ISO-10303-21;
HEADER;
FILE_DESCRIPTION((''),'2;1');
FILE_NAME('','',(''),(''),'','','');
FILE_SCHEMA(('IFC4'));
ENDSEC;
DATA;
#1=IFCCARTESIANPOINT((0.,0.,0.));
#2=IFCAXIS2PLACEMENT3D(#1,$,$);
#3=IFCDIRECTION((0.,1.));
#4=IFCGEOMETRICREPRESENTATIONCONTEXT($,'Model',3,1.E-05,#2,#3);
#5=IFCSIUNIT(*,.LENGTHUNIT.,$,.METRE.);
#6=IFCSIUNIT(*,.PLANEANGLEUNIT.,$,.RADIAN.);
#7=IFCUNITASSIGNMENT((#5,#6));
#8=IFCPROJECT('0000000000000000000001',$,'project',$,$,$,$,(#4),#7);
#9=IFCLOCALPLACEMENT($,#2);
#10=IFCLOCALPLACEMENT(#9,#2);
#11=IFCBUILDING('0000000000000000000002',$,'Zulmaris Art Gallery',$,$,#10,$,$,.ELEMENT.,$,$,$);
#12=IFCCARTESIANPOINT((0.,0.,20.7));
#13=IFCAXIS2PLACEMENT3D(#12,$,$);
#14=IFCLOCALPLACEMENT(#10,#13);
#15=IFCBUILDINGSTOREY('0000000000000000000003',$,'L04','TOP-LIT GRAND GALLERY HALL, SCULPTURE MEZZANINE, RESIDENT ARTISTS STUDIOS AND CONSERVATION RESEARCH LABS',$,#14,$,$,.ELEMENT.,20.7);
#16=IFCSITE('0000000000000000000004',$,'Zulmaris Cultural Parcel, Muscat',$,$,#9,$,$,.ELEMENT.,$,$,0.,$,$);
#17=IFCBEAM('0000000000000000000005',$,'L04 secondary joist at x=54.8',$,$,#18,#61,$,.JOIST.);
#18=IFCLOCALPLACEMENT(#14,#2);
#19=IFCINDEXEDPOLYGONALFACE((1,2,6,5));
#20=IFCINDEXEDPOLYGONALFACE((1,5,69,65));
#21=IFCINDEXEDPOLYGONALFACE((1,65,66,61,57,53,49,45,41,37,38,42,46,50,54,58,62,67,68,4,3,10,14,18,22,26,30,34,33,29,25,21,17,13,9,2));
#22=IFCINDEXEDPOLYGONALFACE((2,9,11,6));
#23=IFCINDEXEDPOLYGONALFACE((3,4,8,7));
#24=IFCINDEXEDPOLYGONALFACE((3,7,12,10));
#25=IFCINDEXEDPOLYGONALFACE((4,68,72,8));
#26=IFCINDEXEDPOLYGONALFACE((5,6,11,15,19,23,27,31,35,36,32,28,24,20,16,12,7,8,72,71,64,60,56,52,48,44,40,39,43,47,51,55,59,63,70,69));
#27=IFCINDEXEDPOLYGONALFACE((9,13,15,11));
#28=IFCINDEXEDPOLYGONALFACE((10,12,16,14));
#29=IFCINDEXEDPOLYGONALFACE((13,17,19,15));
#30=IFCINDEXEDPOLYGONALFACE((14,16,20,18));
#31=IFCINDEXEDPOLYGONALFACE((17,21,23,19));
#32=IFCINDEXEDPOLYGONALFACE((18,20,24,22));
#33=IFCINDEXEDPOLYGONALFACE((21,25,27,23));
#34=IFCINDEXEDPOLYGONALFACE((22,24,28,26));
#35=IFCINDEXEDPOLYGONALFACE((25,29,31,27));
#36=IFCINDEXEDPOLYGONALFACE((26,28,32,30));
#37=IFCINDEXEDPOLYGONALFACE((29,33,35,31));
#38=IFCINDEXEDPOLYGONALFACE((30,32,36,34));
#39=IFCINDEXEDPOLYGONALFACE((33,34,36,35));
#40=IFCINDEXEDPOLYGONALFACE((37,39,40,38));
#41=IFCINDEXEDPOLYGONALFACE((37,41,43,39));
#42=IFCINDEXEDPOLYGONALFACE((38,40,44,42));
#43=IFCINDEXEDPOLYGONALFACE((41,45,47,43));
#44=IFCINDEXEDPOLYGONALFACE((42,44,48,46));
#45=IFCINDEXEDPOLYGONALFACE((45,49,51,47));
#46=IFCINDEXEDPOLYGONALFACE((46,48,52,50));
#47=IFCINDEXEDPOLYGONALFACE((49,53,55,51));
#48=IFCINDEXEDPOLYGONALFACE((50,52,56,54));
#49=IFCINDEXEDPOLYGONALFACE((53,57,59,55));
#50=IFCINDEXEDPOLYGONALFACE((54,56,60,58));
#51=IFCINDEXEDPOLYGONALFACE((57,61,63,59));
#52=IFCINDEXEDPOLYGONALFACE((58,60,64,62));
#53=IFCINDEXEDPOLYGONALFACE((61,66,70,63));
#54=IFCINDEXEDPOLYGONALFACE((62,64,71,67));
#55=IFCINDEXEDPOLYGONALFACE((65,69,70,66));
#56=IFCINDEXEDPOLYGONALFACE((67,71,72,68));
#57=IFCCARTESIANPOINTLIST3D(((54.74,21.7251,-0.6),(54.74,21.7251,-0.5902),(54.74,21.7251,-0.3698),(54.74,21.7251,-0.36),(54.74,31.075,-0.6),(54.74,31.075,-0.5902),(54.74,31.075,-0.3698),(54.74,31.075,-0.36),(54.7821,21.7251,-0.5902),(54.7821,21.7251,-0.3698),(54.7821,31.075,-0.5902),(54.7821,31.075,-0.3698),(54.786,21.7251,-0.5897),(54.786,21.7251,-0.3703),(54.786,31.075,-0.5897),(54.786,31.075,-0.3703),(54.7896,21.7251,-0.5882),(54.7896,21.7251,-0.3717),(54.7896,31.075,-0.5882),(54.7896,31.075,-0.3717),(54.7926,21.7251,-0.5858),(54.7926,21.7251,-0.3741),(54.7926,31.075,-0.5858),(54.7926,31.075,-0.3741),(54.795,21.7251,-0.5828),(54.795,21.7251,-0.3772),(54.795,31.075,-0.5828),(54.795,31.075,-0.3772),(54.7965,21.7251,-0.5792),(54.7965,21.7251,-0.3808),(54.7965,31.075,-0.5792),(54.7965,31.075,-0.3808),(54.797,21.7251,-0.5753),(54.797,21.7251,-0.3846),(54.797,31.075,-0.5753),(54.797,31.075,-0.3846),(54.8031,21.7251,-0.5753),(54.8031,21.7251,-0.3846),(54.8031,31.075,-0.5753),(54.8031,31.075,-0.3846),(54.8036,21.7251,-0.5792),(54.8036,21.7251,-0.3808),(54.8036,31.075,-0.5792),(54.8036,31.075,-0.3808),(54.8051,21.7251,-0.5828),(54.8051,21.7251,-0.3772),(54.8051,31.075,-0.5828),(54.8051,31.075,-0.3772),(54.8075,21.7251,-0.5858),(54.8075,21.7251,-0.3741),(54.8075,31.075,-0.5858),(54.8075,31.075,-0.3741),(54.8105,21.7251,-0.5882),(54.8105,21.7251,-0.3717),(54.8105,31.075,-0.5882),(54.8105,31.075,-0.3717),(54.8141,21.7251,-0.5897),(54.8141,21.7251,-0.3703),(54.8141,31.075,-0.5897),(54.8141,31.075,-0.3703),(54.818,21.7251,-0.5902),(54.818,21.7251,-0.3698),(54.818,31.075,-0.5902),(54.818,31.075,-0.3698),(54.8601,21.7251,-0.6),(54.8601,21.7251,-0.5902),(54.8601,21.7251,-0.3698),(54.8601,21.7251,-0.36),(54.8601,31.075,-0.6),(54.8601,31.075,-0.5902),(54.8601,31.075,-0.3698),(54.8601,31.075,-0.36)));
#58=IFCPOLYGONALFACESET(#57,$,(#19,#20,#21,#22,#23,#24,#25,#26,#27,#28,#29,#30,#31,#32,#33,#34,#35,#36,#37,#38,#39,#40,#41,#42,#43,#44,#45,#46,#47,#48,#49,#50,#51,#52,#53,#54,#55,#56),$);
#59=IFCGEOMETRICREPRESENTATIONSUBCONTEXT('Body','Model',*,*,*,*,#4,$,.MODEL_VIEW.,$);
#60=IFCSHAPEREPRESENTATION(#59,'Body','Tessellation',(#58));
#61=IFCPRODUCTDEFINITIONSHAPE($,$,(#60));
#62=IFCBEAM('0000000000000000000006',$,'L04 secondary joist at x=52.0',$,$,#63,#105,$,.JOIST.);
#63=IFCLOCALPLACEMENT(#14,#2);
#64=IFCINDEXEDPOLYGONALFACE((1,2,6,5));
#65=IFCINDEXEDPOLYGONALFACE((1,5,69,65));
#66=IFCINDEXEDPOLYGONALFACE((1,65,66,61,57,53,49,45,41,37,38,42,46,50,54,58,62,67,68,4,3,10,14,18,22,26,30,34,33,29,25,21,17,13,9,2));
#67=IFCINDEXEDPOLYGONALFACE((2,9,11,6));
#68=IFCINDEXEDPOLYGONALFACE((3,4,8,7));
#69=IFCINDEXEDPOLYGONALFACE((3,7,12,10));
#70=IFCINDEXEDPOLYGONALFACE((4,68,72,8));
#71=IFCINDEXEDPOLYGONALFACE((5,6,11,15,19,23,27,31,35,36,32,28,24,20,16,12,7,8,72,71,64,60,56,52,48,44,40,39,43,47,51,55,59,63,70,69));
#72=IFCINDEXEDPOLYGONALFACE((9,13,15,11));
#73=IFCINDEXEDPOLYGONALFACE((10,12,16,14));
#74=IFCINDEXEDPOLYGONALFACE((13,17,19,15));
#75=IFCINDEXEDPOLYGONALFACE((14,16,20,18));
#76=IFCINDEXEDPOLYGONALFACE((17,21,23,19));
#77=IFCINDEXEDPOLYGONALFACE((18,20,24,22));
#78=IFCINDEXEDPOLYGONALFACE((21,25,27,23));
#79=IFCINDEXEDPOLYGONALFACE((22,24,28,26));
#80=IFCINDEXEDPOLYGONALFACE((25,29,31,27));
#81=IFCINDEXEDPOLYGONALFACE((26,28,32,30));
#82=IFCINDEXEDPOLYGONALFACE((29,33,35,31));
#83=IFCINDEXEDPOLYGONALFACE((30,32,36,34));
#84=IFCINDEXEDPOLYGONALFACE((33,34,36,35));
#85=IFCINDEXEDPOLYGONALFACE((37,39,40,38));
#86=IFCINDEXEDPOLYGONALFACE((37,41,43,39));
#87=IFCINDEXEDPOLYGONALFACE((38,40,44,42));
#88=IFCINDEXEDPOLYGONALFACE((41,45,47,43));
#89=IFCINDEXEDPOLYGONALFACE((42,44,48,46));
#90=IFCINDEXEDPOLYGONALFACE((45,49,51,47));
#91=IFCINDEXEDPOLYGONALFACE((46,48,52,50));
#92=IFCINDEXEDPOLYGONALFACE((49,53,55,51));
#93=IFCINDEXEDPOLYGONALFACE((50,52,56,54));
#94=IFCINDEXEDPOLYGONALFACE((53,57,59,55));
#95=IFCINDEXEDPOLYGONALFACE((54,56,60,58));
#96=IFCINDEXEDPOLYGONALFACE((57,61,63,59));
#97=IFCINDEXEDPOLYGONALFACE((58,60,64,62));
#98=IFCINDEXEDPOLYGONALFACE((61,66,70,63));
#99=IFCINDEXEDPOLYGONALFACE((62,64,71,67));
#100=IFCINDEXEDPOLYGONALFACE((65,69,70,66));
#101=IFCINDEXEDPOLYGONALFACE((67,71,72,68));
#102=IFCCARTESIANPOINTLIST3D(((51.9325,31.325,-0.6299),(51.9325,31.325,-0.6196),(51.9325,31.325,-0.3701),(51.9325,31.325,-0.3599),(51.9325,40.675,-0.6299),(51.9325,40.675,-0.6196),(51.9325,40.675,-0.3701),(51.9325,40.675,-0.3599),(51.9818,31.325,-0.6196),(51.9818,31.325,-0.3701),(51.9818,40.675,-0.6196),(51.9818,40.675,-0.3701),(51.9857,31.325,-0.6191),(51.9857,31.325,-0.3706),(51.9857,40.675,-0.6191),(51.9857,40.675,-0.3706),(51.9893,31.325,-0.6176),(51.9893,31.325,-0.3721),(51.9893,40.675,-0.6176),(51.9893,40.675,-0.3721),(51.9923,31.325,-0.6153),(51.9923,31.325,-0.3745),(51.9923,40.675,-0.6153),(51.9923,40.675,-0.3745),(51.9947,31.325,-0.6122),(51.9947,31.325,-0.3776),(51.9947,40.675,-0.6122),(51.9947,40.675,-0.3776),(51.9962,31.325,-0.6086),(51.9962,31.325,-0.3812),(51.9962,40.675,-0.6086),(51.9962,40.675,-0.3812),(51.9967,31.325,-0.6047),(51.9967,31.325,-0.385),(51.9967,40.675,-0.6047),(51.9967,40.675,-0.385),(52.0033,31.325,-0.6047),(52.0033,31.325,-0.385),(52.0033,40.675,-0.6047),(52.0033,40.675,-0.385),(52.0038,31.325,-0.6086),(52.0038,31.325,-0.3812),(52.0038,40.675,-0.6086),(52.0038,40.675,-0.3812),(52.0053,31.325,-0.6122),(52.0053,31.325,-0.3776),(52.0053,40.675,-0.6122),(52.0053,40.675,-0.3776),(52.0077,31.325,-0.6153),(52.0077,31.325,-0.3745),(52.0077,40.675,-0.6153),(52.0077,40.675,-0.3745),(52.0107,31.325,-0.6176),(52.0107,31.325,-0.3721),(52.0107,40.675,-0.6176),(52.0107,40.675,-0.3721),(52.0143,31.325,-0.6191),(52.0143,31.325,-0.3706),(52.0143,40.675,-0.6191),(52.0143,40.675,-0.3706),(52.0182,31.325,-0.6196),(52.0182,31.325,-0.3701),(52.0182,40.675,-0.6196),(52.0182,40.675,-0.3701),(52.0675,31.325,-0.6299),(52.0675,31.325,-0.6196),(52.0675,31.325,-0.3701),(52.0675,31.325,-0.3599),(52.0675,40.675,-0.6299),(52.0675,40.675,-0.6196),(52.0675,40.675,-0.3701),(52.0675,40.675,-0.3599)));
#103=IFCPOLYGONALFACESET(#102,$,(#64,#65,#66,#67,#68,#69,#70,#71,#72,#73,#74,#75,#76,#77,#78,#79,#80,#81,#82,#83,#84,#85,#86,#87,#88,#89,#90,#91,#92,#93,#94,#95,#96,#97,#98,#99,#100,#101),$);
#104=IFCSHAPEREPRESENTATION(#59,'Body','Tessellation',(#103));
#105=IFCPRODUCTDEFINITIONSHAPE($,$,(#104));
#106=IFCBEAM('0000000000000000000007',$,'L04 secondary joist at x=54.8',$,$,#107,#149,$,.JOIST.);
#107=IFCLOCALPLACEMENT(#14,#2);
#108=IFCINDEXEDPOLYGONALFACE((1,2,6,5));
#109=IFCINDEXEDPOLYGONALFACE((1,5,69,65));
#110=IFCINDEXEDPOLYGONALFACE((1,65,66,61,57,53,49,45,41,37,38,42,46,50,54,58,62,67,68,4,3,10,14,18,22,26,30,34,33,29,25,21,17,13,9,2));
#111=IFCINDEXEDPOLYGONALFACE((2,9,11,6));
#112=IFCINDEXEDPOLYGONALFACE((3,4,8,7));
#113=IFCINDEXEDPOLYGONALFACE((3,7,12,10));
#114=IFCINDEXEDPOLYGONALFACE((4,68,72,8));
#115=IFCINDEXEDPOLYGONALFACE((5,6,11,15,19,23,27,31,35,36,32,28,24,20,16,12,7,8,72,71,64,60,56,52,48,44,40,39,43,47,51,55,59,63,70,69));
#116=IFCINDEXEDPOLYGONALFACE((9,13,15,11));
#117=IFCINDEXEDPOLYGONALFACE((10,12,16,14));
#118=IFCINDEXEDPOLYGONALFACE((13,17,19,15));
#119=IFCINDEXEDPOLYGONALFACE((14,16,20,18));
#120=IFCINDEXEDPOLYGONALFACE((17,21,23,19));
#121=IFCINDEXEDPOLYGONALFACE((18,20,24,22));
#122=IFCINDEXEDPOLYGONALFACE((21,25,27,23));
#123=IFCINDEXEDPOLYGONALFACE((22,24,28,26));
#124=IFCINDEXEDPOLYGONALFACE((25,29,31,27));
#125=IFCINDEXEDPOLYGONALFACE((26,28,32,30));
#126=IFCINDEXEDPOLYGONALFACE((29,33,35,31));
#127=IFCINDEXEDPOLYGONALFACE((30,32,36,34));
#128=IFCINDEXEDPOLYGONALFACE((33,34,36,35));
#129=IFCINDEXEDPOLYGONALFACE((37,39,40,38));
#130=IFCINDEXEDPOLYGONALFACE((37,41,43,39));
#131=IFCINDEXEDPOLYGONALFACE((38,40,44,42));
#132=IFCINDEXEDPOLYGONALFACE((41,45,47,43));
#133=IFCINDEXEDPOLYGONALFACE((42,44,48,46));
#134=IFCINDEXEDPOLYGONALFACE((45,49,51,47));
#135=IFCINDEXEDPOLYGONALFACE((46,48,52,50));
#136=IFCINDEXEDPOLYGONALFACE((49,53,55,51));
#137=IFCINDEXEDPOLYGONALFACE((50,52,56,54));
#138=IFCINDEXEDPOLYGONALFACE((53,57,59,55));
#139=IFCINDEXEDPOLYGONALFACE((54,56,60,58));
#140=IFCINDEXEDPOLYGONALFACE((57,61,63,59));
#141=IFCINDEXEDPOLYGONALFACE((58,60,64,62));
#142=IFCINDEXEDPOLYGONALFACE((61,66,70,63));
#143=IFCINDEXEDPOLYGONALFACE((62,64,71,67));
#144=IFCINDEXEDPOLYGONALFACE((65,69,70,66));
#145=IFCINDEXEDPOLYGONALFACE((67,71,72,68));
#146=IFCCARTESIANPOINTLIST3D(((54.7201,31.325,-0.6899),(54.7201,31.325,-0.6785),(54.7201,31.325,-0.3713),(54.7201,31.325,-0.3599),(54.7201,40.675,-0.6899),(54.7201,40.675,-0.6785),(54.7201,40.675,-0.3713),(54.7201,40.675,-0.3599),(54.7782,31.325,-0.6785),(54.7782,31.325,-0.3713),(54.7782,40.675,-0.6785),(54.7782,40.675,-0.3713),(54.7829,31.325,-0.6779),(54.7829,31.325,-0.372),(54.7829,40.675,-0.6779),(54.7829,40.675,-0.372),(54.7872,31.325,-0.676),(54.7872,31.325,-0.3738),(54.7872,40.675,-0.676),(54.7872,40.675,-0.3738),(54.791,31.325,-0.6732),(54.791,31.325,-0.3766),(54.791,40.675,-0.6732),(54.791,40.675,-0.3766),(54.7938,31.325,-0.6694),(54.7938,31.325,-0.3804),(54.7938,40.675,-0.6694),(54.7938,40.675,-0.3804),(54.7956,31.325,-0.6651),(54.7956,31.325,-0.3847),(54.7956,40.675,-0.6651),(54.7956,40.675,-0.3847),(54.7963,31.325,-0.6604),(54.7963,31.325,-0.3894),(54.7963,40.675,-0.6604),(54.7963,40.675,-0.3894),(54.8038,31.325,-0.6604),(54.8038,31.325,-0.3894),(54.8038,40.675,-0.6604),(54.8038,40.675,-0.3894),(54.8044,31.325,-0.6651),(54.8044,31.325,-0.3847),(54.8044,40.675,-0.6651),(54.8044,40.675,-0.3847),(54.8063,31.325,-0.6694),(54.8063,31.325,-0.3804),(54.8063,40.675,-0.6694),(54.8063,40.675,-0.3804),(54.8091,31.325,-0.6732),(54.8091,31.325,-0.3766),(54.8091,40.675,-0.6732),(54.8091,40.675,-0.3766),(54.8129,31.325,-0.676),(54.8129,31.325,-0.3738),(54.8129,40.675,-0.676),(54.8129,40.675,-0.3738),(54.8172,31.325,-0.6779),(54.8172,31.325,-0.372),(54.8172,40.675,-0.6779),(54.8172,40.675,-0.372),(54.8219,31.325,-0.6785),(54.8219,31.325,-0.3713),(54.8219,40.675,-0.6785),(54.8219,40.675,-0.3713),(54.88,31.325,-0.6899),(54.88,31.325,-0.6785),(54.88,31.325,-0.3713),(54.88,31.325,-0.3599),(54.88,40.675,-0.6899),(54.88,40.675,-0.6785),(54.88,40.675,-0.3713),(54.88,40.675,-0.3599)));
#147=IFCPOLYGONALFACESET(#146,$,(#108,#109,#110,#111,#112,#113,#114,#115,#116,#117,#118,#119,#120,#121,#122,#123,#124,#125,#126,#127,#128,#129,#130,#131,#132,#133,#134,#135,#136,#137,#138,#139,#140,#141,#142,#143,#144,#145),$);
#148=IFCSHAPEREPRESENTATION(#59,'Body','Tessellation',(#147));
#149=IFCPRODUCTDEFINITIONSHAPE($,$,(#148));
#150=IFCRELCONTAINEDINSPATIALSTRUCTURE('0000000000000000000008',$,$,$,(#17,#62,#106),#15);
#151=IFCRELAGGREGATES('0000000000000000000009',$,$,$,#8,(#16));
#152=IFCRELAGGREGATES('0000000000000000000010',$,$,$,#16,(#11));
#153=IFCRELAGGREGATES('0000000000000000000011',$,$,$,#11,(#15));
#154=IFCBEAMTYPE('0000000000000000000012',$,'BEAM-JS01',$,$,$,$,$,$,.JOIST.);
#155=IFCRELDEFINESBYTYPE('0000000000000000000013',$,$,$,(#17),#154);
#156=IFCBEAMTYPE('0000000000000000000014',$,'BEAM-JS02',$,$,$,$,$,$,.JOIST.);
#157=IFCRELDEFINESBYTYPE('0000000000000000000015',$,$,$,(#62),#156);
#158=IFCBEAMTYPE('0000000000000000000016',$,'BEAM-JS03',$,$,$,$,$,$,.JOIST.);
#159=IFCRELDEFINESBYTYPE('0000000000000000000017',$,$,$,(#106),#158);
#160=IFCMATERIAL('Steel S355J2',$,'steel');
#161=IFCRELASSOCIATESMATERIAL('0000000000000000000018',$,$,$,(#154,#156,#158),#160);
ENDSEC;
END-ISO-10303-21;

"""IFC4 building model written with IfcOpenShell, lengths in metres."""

from ifc_helpers import new_model, si_unit, direction, frame, origin, origin_2d, place, context, subcontext, project, spatial, i_section, extrude, material, material_profile, profile_set, type_object, element, save


model = new_model("IFC4")

# Units and contexts
model_context = context("Model", 3, precision=1e-05, world=origin(), true_north=direction((0.0, 1.0)))
body_context = subcontext(model_context, "Body", "Model", "MODEL_VIEW")
ifc_project = project(units=[si_unit("LENGTHUNIT", "METRE"), si_unit("PLANEANGLEUNIT", "RADIAN")], contexts=[model_context])

# Site, building, storey
site_placement = place(None, origin())
site = spatial("IfcSite", under=ifc_project, at=site_placement, Name="Zulmaris Cultural Parcel, Muscat", CompositionType="ELEMENT", RefElevation=0.0)
building_placement = place(site_placement, origin())
building = spatial("IfcBuilding", under=site, at=building_placement, Name="Zulmaris Art Gallery", CompositionType="ELEMENT")
storey_placement = place(building_placement, frame((0.0, 0.0, 20.7)))
storey = spatial("IfcBuildingStorey", under=building, at=storey_placement, Name="L04", Description="TOP-LIT GRAND GALLERY HALL, SCULPTURE MEZZANINE, RESIDENT ARTISTS STUDIOS AND CONSERVATION RESEARCH LABS", CompositionType="ELEMENT", Elevation=20.7)

# Beams
ifc_material_1 = material(Name="Steel S355J2", Category="steel")
ifc_material_profile_1 = material_profile(ifc_material_1, i_section(OverallWidth=0.1201, OverallDepth=0.24, WebThickness=0.0061, FlangeThickness=0.0098, FilletRadius=0.0149, at=origin_2d()), Name="IPE 240")
ifc_profile_set_1 = profile_set([ifc_material_profile_1], Name="Steel S355J2")
beam_type_1 = type_object("IfcBeamType", Name="BEAM-JS01", PredefinedType="JOIST", material=ifc_profile_set_1)
beam_1_placement = place(storey_placement, frame((54.8, 21.7251, -0.48), z_axis=(0.0, 1.0, 0.0), x_axis=(-1.0, 0.0, 0.0)))
element("IfcBeam", 1, at=beam_1_placement, inside=storey, type_object=beam_type_1, Name="L04 secondary joist at x=54.8", PredefinedType="JOIST", context=body_context, shape_type="SweptSolid", body=[
    extrude(i_section(OverallWidth=0.1201, OverallDepth=0.24, WebThickness=0.0061, FlangeThickness=0.0098, FilletRadius=0.0149, at=origin_2d()), origin(), (0.0, 0.0, 1.0), 9.3499),
])
ifc_material_profile_2 = material_profile(ifc_material_1, i_section(OverallWidth=0.135, OverallDepth=0.27, WebThickness=0.0066, FlangeThickness=0.0103, FilletRadius=0.0149, at=origin_2d()), Name="IPE 270")
ifc_profile_set_2 = profile_set([ifc_material_profile_2], Name="Steel S355J2")
beam_type_2 = type_object("IfcBeamType", Name="BEAM-JS02", PredefinedType="JOIST", material=ifc_profile_set_2)
beam_2_placement = place(storey_placement, frame((52.0, 31.325, -0.4949), z_axis=(0.0, 1.0, 0.0), x_axis=(-1.0, 0.0, 0.0)))
element("IfcBeam", 2, at=beam_2_placement, inside=storey, type_object=beam_type_2, Name="L04 secondary joist at x=52.0", PredefinedType="JOIST", context=body_context, shape_type="SweptSolid", body=[
    extrude(i_section(OverallWidth=0.135, OverallDepth=0.27, WebThickness=0.0066, FlangeThickness=0.0103, FilletRadius=0.0149, at=origin_2d()), origin(), (0.0, 0.0, 1.0), 9.3501),
])
ifc_material_profile_3 = material_profile(ifc_material_1, i_section(OverallWidth=0.1599, OverallDepth=0.3301, WebThickness=0.0076, FlangeThickness=0.0115, FilletRadius=0.0181, at=origin_2d()), Name="IPE 330")
ifc_profile_set_3 = profile_set([ifc_material_profile_3], Name="Steel S355J2")
beam_type_3 = type_object("IfcBeamType", Name="BEAM-JS03", PredefinedType="JOIST", material=ifc_profile_set_3)
beam_3_placement = place(storey_placement, frame((54.8, 31.325, -0.5249), z_axis=(0.0, 1.0, 0.0), x_axis=(-1.0, 0.0, 0.0)))
element("IfcBeam", 3, at=beam_3_placement, inside=storey, type_object=beam_type_3, Name="L04 secondary joist at x=54.8", PredefinedType="JOIST", context=body_context, shape_type="SweptSolid", body=[
    extrude(i_section(OverallWidth=0.1599, OverallDepth=0.3301, WebThickness=0.0076, FlangeThickness=0.0115, FilletRadius=0.0181, at=origin_2d()), origin(), (0.0, 0.0, 1.0), 9.3501),
])

save(model, "model.ifc")
